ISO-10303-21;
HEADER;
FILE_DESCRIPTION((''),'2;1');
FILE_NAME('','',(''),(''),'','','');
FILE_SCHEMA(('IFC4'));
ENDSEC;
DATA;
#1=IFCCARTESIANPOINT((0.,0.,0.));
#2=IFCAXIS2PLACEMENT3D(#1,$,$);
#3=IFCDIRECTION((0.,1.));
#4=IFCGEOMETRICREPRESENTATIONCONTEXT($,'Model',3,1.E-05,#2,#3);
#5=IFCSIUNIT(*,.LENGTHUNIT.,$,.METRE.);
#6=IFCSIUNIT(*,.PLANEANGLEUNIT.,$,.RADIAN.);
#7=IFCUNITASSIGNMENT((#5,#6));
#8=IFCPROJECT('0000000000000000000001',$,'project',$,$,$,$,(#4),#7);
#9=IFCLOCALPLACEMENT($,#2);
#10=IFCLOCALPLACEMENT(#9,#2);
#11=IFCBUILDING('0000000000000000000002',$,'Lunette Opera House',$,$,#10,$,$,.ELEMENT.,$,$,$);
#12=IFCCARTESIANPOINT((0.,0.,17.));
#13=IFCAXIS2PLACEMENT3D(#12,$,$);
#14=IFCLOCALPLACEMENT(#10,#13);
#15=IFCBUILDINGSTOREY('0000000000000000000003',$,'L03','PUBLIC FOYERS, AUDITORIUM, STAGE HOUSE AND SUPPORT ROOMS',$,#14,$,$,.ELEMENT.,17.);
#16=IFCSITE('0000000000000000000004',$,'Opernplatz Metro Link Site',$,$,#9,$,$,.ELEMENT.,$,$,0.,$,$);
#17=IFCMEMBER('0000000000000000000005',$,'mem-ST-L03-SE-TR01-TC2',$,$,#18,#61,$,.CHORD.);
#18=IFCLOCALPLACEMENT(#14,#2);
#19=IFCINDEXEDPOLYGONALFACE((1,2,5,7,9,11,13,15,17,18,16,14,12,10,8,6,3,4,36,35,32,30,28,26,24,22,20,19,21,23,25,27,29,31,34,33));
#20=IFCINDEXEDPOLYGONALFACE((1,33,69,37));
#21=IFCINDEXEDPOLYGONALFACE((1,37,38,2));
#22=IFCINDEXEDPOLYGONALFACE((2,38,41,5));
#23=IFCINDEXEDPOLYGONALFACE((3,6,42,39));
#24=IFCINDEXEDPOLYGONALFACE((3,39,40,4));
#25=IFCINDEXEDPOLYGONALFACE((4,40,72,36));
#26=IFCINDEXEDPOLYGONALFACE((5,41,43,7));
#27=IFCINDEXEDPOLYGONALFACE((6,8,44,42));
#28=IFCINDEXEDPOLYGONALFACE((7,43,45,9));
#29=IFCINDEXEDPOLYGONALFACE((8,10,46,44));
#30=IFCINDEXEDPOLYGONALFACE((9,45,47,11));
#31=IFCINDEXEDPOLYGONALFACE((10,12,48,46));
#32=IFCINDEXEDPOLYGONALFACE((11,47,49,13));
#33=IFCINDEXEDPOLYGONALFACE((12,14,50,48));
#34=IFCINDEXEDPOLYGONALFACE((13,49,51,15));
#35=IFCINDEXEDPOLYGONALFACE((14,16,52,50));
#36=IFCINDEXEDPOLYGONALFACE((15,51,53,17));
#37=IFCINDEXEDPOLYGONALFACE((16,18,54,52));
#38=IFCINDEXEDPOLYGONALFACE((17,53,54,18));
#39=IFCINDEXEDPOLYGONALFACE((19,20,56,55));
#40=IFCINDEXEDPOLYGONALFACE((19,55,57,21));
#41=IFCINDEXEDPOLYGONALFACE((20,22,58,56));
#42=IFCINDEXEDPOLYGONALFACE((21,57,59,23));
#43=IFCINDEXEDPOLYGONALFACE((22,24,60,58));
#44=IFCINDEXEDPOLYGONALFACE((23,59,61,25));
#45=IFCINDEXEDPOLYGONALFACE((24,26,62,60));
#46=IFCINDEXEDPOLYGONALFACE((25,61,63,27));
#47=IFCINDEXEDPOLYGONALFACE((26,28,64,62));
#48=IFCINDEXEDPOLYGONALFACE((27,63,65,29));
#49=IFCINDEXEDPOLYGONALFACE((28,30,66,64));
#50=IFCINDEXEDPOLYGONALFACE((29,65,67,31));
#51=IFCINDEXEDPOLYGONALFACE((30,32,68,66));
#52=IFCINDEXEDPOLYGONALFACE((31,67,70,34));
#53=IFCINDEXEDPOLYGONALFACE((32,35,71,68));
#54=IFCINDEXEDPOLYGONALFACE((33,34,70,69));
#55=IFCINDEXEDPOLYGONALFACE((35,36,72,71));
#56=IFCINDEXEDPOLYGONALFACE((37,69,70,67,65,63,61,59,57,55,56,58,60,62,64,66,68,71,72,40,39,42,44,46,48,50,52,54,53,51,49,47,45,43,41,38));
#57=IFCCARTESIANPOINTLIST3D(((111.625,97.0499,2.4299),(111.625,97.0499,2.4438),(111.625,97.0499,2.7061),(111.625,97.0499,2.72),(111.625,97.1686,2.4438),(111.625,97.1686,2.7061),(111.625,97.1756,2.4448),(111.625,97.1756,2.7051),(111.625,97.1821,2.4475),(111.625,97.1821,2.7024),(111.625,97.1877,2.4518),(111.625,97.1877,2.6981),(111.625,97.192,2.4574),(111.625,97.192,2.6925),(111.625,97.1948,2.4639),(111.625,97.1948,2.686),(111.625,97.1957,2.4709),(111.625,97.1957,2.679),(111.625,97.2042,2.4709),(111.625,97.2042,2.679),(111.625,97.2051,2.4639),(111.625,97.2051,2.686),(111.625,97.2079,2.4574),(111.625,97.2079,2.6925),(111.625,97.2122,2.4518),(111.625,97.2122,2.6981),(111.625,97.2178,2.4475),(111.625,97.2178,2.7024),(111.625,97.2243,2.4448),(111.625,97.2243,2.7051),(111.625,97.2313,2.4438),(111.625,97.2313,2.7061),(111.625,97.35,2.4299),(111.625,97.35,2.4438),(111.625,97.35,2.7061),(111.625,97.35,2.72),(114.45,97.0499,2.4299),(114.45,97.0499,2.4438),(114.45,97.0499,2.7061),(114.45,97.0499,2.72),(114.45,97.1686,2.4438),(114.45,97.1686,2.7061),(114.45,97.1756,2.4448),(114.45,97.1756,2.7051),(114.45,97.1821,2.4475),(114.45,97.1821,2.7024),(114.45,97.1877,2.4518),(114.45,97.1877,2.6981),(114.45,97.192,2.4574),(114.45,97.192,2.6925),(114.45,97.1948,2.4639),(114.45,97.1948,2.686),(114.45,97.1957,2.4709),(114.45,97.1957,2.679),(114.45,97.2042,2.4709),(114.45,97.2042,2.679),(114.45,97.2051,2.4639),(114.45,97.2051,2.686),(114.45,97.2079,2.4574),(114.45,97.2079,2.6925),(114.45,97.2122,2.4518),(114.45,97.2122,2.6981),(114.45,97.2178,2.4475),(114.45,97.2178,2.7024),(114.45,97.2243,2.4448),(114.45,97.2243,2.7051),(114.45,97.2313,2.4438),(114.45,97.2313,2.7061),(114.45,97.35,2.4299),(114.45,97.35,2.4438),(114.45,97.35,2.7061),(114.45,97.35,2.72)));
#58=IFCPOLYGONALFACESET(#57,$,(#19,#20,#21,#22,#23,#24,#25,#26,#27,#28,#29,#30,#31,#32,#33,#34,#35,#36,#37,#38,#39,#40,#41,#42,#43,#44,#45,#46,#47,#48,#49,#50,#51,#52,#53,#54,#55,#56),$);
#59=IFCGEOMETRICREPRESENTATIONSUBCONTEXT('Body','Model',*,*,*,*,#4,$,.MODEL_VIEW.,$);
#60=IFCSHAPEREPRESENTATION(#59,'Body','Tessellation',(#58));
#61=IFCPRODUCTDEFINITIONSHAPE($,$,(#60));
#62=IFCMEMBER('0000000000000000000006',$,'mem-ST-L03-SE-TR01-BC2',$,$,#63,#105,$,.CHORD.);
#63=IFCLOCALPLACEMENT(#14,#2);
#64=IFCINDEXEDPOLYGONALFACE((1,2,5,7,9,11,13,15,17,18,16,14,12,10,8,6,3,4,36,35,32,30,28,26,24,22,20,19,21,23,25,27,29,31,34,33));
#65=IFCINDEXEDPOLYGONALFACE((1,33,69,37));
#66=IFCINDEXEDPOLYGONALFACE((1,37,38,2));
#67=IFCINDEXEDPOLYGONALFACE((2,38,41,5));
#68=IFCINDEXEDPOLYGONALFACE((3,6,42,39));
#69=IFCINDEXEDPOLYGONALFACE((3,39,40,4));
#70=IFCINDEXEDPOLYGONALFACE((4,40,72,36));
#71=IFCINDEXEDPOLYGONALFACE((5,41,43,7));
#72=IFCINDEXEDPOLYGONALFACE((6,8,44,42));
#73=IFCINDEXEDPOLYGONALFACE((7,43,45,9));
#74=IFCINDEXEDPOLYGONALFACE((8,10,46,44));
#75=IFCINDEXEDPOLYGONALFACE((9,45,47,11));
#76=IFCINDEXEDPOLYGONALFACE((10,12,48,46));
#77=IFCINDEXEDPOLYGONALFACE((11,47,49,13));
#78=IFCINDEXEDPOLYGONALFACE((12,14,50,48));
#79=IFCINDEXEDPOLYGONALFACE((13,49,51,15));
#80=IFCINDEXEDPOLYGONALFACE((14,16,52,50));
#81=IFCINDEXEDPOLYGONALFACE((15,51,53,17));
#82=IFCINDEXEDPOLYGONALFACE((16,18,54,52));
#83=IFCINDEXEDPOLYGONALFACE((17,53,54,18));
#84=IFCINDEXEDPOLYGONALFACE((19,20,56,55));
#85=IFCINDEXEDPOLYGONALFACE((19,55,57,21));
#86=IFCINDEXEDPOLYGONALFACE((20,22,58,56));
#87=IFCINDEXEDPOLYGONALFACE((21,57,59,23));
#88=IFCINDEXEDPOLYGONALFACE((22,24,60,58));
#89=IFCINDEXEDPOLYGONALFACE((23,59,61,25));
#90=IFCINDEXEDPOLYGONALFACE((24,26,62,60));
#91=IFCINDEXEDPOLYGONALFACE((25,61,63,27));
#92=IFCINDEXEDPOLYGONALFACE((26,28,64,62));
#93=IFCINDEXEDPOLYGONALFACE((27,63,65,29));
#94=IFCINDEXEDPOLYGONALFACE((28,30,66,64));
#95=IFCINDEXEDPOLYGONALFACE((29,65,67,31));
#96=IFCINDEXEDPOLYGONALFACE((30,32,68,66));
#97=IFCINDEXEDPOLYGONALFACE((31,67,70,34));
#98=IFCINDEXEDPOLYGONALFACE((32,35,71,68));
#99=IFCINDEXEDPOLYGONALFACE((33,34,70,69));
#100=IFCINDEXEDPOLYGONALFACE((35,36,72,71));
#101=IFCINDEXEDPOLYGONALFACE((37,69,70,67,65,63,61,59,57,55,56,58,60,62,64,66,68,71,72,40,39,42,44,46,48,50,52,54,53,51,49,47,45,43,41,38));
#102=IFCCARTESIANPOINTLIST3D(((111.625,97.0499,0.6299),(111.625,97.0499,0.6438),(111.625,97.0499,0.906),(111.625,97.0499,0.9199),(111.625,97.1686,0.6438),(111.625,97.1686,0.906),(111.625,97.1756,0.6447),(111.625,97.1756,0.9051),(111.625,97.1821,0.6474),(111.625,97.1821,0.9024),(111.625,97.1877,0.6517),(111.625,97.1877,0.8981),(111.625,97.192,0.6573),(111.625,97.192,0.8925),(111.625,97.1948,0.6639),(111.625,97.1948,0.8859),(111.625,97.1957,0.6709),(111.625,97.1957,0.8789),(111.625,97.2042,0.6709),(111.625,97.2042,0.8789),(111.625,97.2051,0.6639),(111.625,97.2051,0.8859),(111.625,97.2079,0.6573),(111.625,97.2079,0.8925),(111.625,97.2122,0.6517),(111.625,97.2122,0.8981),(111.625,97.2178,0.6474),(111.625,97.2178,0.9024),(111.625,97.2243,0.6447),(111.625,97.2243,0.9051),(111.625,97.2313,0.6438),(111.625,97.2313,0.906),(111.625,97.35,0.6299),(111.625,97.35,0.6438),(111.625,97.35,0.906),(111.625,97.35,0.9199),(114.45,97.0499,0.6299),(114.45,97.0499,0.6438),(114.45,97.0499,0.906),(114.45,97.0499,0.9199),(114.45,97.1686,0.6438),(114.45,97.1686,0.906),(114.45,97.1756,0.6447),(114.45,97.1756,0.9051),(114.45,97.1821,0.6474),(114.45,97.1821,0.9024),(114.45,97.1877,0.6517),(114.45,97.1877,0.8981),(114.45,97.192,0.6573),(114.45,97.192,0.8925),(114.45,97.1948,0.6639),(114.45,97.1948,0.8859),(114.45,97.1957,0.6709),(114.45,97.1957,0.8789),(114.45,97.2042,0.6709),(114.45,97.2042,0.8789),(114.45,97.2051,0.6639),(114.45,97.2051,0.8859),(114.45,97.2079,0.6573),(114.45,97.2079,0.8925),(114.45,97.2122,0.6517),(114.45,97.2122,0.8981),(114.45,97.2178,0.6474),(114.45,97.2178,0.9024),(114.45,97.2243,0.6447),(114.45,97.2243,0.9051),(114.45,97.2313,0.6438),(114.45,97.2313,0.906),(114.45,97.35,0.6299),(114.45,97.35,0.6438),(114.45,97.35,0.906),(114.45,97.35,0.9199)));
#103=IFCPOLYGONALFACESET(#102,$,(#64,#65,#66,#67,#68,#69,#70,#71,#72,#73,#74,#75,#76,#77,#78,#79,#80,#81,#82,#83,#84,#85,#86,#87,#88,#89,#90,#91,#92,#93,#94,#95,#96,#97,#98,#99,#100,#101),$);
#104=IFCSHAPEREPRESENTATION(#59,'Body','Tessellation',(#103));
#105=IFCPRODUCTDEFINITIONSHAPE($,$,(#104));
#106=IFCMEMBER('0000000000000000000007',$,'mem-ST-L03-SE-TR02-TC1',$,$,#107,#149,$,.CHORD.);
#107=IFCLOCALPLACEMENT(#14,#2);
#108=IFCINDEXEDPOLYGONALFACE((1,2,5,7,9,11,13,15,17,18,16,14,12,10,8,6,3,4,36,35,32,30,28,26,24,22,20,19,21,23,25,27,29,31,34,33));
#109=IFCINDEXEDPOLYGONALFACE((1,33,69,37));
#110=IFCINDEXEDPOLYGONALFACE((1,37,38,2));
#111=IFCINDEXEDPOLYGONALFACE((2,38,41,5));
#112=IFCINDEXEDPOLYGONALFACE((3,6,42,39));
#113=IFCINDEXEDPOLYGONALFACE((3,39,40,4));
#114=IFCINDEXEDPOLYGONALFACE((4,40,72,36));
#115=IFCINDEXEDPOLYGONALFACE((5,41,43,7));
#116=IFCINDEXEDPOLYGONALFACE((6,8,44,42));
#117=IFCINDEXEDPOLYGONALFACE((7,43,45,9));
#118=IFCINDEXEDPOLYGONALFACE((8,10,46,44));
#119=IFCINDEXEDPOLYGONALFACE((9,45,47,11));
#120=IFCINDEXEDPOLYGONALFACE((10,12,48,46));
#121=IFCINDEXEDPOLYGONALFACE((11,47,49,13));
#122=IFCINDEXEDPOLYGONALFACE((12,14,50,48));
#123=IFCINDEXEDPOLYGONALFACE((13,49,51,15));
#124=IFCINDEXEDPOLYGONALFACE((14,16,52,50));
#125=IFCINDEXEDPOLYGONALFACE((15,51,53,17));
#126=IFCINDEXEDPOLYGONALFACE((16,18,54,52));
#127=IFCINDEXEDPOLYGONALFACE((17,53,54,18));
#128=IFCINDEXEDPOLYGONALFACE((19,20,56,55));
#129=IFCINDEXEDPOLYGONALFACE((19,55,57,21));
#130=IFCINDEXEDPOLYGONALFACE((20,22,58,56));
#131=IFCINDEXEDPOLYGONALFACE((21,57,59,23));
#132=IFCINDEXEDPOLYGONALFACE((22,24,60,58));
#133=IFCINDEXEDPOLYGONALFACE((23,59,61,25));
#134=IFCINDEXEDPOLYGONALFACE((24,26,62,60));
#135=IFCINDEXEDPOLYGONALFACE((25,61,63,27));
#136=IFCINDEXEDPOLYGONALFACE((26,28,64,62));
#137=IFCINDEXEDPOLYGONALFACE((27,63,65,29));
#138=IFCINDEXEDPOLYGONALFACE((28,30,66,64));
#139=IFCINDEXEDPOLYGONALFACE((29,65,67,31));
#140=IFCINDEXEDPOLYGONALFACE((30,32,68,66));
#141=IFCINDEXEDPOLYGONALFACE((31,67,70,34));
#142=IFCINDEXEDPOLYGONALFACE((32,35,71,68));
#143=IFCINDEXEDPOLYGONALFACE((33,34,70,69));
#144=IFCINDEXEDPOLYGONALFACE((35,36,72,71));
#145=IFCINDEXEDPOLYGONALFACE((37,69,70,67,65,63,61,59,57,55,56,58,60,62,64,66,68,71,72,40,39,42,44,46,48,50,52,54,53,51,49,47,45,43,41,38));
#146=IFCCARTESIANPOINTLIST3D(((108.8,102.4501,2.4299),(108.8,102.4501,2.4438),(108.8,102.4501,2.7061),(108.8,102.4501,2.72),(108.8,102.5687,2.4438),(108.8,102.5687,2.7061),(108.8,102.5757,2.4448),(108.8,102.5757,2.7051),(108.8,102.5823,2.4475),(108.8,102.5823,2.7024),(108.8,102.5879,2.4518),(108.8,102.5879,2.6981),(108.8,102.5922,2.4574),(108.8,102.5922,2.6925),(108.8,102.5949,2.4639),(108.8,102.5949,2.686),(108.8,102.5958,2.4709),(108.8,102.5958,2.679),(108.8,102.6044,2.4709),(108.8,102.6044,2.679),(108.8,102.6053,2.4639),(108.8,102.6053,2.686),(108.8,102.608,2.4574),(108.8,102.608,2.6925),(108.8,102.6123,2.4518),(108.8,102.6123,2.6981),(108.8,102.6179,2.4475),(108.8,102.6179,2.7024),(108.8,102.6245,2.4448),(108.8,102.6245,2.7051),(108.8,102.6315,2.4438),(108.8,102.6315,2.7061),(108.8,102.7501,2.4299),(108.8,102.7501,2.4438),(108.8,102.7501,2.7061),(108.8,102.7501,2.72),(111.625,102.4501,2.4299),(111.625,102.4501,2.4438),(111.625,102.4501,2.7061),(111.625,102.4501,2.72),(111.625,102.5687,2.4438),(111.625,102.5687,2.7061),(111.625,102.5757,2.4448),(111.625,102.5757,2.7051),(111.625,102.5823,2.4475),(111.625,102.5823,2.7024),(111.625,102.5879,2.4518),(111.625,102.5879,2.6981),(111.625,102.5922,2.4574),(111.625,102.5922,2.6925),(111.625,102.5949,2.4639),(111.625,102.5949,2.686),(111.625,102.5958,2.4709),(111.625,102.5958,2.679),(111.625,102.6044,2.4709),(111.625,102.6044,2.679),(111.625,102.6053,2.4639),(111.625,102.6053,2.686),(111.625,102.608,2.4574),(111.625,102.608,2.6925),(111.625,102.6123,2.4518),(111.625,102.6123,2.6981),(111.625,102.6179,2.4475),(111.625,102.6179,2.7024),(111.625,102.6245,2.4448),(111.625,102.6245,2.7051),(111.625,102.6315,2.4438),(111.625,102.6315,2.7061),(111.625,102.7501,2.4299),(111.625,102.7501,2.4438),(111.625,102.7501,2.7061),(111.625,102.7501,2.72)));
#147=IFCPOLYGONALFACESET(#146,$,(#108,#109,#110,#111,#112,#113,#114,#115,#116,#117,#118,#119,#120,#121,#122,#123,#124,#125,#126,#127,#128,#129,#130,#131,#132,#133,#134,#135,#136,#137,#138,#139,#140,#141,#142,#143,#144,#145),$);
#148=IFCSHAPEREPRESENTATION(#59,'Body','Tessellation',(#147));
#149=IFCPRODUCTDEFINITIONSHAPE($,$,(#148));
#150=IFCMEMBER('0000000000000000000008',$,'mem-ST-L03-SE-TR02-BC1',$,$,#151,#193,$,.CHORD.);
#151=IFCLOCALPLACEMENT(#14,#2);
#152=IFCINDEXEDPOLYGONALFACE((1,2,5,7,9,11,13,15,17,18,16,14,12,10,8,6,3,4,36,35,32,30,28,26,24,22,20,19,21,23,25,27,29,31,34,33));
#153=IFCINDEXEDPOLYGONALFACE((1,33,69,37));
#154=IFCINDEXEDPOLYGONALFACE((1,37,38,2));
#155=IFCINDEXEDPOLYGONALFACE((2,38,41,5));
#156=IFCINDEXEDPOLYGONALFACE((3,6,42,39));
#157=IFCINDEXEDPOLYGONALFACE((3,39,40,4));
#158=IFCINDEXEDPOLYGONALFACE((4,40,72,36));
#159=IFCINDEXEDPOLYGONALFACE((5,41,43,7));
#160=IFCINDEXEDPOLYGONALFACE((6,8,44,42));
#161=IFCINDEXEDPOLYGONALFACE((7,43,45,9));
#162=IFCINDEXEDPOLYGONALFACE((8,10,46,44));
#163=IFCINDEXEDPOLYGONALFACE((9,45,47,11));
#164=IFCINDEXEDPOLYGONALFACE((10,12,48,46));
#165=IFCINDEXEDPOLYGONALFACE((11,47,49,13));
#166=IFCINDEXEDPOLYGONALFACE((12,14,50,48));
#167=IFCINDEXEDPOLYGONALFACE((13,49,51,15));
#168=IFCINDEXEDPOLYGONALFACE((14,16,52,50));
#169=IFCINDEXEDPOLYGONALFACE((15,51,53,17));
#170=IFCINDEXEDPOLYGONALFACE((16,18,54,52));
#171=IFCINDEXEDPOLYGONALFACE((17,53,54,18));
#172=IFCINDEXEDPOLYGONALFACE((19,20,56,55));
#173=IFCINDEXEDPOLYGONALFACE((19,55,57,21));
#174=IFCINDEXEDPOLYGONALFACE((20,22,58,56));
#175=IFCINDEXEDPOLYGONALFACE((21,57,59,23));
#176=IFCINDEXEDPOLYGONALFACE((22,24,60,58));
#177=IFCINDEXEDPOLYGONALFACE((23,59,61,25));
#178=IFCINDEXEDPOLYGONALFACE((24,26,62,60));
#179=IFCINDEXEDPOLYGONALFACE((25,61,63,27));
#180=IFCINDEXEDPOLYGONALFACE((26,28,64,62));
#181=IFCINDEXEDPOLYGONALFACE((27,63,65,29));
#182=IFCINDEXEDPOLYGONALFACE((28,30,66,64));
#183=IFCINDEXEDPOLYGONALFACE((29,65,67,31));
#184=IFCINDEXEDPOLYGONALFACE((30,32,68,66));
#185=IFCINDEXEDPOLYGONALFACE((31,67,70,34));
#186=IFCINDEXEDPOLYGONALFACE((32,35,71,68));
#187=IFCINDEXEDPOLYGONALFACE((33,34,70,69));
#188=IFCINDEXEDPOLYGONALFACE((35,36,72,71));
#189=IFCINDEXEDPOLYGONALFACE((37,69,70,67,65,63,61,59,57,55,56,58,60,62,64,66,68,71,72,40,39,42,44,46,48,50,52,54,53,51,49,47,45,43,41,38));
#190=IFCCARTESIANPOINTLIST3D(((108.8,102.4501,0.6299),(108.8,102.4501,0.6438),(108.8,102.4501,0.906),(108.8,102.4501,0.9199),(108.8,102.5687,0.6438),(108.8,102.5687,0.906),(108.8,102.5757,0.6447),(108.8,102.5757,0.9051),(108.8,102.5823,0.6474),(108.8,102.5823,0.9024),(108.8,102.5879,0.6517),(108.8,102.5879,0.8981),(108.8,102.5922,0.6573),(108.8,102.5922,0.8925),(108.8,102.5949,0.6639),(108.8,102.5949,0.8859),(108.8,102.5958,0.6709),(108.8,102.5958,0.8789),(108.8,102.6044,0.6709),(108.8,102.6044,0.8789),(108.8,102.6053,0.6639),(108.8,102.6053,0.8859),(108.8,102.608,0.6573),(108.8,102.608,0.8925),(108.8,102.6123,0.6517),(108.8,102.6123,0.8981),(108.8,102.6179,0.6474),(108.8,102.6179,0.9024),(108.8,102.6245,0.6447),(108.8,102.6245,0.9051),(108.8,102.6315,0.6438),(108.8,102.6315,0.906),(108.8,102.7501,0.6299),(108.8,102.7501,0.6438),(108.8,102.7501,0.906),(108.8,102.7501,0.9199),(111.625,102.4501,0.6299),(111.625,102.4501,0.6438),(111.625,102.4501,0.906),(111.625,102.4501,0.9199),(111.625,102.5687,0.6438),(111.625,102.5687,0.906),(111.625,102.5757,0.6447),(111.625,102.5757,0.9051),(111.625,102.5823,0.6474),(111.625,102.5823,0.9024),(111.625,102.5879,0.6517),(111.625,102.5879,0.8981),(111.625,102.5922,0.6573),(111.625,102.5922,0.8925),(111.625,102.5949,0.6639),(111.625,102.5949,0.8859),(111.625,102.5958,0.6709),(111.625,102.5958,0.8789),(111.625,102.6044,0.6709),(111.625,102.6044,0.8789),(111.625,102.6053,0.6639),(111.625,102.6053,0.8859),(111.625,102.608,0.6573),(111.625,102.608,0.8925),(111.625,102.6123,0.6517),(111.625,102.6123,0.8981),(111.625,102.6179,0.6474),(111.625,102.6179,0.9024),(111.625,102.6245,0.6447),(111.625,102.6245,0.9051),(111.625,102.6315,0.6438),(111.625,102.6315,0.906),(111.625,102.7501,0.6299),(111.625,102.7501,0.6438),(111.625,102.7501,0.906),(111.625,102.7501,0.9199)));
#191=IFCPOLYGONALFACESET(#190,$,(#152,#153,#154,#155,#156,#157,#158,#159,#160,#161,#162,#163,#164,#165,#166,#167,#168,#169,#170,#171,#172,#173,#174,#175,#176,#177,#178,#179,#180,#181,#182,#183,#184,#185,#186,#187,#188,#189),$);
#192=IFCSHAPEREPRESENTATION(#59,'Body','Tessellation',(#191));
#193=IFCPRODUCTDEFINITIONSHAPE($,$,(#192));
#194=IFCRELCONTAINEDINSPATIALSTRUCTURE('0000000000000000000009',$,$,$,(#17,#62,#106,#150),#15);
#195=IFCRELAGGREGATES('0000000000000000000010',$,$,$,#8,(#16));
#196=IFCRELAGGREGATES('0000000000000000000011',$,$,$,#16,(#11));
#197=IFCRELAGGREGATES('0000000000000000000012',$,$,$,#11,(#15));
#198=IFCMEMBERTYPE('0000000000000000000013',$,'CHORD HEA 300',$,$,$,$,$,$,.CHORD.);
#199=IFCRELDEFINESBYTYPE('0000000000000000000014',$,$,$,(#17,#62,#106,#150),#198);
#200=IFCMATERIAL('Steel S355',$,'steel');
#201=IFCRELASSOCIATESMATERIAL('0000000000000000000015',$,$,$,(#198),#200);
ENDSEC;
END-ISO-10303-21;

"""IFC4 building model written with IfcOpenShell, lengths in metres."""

from ifc_helpers import new_model, si_unit, direction, frame, origin, origin_2d, place, context, subcontext, project, spatial, i_section, extrude, material, material_profile, profile_set, type_object, element, save


model = new_model("IFC4")

# Units and contexts
model_context = context("Model", 3, precision=1e-05, world=origin(), true_north=direction((0.0, 1.0)))
body_context = subcontext(model_context, "Body", "Model", "MODEL_VIEW")
ifc_project = project(units=[si_unit("LENGTHUNIT", "METRE"), si_unit("PLANEANGLEUNIT", "RADIAN")], contexts=[model_context])

# Site, building, storey
site_placement = place(None, origin())
site = spatial("IfcSite", under=ifc_project, at=site_placement, Name="Opernplatz Metro Link Site", CompositionType="ELEMENT", RefElevation=0.0)
building_placement = place(site_placement, origin())
building = spatial("IfcBuilding", under=site, at=building_placement, Name="Lunette Opera House", CompositionType="ELEMENT")
storey_placement = place(building_placement, frame((0.0, 0.0, 17.0)))
storey = spatial("IfcBuildingStorey", under=building, at=storey_placement, Name="L03", Description="PUBLIC FOYERS, AUDITORIUM, STAGE HOUSE AND SUPPORT ROOMS", CompositionType="ELEMENT", Elevation=17.0)

# Members
ifc_material_1 = material(Name="Steel S355", Category="steel")
ifc_material_profile_1 = material_profile(ifc_material_1, i_section(OverallWidth=0.3, OverallDepth=0.29, WebThickness=0.0085, FlangeThickness=0.0139, FilletRadius=0.0271, at=origin_2d()), Name="HEA 300")
ifc_profile_set_1 = profile_set([ifc_material_profile_1], Name="Steel S355")
member_type_1 = type_object("IfcMemberType", Name="CHORD HEA 300", PredefinedType="CHORD", material=ifc_profile_set_1)
for number, where, z_axis, x_axis, name in (
    (1, (111.625, 97.2, 2.575), (1.0, 0.0, 0.0), (0.0, 1.0, 0.0), "mem-ST-L03-SE-TR01-TC2"),
    (2, (111.625, 97.2, 0.7749), (1.0, 0.0, 0.0), (0.0, 1.0, 0.0), "mem-ST-L03-SE-TR01-BC2"),
    (3, (108.8, 102.6001, 2.575), (1.0, 0.0, 0.0), (0.0, 1.0, 0.0), "mem-ST-L03-SE-TR02-TC1"),
    (4, (108.8, 102.6001, 0.7749), (1.0, 0.0, 0.0), (0.0, 1.0, 0.0), "mem-ST-L03-SE-TR02-BC1"),
):
    element("IfcMember", number, at=place(storey_placement, frame(where, z_axis=z_axis, x_axis=x_axis)), inside=storey, type_object=member_type_1, Name=name, PredefinedType="CHORD", context=body_context, shape_type="SweptSolid", body=[
        extrude(i_section(OverallWidth=0.3, OverallDepth=0.29, WebThickness=0.0085, FlangeThickness=0.0139, FilletRadius=0.0271, at=origin_2d()), origin(), (0.0, 0.0, 1.0), 2.825),
    ])

save(model, "model.ifc")
